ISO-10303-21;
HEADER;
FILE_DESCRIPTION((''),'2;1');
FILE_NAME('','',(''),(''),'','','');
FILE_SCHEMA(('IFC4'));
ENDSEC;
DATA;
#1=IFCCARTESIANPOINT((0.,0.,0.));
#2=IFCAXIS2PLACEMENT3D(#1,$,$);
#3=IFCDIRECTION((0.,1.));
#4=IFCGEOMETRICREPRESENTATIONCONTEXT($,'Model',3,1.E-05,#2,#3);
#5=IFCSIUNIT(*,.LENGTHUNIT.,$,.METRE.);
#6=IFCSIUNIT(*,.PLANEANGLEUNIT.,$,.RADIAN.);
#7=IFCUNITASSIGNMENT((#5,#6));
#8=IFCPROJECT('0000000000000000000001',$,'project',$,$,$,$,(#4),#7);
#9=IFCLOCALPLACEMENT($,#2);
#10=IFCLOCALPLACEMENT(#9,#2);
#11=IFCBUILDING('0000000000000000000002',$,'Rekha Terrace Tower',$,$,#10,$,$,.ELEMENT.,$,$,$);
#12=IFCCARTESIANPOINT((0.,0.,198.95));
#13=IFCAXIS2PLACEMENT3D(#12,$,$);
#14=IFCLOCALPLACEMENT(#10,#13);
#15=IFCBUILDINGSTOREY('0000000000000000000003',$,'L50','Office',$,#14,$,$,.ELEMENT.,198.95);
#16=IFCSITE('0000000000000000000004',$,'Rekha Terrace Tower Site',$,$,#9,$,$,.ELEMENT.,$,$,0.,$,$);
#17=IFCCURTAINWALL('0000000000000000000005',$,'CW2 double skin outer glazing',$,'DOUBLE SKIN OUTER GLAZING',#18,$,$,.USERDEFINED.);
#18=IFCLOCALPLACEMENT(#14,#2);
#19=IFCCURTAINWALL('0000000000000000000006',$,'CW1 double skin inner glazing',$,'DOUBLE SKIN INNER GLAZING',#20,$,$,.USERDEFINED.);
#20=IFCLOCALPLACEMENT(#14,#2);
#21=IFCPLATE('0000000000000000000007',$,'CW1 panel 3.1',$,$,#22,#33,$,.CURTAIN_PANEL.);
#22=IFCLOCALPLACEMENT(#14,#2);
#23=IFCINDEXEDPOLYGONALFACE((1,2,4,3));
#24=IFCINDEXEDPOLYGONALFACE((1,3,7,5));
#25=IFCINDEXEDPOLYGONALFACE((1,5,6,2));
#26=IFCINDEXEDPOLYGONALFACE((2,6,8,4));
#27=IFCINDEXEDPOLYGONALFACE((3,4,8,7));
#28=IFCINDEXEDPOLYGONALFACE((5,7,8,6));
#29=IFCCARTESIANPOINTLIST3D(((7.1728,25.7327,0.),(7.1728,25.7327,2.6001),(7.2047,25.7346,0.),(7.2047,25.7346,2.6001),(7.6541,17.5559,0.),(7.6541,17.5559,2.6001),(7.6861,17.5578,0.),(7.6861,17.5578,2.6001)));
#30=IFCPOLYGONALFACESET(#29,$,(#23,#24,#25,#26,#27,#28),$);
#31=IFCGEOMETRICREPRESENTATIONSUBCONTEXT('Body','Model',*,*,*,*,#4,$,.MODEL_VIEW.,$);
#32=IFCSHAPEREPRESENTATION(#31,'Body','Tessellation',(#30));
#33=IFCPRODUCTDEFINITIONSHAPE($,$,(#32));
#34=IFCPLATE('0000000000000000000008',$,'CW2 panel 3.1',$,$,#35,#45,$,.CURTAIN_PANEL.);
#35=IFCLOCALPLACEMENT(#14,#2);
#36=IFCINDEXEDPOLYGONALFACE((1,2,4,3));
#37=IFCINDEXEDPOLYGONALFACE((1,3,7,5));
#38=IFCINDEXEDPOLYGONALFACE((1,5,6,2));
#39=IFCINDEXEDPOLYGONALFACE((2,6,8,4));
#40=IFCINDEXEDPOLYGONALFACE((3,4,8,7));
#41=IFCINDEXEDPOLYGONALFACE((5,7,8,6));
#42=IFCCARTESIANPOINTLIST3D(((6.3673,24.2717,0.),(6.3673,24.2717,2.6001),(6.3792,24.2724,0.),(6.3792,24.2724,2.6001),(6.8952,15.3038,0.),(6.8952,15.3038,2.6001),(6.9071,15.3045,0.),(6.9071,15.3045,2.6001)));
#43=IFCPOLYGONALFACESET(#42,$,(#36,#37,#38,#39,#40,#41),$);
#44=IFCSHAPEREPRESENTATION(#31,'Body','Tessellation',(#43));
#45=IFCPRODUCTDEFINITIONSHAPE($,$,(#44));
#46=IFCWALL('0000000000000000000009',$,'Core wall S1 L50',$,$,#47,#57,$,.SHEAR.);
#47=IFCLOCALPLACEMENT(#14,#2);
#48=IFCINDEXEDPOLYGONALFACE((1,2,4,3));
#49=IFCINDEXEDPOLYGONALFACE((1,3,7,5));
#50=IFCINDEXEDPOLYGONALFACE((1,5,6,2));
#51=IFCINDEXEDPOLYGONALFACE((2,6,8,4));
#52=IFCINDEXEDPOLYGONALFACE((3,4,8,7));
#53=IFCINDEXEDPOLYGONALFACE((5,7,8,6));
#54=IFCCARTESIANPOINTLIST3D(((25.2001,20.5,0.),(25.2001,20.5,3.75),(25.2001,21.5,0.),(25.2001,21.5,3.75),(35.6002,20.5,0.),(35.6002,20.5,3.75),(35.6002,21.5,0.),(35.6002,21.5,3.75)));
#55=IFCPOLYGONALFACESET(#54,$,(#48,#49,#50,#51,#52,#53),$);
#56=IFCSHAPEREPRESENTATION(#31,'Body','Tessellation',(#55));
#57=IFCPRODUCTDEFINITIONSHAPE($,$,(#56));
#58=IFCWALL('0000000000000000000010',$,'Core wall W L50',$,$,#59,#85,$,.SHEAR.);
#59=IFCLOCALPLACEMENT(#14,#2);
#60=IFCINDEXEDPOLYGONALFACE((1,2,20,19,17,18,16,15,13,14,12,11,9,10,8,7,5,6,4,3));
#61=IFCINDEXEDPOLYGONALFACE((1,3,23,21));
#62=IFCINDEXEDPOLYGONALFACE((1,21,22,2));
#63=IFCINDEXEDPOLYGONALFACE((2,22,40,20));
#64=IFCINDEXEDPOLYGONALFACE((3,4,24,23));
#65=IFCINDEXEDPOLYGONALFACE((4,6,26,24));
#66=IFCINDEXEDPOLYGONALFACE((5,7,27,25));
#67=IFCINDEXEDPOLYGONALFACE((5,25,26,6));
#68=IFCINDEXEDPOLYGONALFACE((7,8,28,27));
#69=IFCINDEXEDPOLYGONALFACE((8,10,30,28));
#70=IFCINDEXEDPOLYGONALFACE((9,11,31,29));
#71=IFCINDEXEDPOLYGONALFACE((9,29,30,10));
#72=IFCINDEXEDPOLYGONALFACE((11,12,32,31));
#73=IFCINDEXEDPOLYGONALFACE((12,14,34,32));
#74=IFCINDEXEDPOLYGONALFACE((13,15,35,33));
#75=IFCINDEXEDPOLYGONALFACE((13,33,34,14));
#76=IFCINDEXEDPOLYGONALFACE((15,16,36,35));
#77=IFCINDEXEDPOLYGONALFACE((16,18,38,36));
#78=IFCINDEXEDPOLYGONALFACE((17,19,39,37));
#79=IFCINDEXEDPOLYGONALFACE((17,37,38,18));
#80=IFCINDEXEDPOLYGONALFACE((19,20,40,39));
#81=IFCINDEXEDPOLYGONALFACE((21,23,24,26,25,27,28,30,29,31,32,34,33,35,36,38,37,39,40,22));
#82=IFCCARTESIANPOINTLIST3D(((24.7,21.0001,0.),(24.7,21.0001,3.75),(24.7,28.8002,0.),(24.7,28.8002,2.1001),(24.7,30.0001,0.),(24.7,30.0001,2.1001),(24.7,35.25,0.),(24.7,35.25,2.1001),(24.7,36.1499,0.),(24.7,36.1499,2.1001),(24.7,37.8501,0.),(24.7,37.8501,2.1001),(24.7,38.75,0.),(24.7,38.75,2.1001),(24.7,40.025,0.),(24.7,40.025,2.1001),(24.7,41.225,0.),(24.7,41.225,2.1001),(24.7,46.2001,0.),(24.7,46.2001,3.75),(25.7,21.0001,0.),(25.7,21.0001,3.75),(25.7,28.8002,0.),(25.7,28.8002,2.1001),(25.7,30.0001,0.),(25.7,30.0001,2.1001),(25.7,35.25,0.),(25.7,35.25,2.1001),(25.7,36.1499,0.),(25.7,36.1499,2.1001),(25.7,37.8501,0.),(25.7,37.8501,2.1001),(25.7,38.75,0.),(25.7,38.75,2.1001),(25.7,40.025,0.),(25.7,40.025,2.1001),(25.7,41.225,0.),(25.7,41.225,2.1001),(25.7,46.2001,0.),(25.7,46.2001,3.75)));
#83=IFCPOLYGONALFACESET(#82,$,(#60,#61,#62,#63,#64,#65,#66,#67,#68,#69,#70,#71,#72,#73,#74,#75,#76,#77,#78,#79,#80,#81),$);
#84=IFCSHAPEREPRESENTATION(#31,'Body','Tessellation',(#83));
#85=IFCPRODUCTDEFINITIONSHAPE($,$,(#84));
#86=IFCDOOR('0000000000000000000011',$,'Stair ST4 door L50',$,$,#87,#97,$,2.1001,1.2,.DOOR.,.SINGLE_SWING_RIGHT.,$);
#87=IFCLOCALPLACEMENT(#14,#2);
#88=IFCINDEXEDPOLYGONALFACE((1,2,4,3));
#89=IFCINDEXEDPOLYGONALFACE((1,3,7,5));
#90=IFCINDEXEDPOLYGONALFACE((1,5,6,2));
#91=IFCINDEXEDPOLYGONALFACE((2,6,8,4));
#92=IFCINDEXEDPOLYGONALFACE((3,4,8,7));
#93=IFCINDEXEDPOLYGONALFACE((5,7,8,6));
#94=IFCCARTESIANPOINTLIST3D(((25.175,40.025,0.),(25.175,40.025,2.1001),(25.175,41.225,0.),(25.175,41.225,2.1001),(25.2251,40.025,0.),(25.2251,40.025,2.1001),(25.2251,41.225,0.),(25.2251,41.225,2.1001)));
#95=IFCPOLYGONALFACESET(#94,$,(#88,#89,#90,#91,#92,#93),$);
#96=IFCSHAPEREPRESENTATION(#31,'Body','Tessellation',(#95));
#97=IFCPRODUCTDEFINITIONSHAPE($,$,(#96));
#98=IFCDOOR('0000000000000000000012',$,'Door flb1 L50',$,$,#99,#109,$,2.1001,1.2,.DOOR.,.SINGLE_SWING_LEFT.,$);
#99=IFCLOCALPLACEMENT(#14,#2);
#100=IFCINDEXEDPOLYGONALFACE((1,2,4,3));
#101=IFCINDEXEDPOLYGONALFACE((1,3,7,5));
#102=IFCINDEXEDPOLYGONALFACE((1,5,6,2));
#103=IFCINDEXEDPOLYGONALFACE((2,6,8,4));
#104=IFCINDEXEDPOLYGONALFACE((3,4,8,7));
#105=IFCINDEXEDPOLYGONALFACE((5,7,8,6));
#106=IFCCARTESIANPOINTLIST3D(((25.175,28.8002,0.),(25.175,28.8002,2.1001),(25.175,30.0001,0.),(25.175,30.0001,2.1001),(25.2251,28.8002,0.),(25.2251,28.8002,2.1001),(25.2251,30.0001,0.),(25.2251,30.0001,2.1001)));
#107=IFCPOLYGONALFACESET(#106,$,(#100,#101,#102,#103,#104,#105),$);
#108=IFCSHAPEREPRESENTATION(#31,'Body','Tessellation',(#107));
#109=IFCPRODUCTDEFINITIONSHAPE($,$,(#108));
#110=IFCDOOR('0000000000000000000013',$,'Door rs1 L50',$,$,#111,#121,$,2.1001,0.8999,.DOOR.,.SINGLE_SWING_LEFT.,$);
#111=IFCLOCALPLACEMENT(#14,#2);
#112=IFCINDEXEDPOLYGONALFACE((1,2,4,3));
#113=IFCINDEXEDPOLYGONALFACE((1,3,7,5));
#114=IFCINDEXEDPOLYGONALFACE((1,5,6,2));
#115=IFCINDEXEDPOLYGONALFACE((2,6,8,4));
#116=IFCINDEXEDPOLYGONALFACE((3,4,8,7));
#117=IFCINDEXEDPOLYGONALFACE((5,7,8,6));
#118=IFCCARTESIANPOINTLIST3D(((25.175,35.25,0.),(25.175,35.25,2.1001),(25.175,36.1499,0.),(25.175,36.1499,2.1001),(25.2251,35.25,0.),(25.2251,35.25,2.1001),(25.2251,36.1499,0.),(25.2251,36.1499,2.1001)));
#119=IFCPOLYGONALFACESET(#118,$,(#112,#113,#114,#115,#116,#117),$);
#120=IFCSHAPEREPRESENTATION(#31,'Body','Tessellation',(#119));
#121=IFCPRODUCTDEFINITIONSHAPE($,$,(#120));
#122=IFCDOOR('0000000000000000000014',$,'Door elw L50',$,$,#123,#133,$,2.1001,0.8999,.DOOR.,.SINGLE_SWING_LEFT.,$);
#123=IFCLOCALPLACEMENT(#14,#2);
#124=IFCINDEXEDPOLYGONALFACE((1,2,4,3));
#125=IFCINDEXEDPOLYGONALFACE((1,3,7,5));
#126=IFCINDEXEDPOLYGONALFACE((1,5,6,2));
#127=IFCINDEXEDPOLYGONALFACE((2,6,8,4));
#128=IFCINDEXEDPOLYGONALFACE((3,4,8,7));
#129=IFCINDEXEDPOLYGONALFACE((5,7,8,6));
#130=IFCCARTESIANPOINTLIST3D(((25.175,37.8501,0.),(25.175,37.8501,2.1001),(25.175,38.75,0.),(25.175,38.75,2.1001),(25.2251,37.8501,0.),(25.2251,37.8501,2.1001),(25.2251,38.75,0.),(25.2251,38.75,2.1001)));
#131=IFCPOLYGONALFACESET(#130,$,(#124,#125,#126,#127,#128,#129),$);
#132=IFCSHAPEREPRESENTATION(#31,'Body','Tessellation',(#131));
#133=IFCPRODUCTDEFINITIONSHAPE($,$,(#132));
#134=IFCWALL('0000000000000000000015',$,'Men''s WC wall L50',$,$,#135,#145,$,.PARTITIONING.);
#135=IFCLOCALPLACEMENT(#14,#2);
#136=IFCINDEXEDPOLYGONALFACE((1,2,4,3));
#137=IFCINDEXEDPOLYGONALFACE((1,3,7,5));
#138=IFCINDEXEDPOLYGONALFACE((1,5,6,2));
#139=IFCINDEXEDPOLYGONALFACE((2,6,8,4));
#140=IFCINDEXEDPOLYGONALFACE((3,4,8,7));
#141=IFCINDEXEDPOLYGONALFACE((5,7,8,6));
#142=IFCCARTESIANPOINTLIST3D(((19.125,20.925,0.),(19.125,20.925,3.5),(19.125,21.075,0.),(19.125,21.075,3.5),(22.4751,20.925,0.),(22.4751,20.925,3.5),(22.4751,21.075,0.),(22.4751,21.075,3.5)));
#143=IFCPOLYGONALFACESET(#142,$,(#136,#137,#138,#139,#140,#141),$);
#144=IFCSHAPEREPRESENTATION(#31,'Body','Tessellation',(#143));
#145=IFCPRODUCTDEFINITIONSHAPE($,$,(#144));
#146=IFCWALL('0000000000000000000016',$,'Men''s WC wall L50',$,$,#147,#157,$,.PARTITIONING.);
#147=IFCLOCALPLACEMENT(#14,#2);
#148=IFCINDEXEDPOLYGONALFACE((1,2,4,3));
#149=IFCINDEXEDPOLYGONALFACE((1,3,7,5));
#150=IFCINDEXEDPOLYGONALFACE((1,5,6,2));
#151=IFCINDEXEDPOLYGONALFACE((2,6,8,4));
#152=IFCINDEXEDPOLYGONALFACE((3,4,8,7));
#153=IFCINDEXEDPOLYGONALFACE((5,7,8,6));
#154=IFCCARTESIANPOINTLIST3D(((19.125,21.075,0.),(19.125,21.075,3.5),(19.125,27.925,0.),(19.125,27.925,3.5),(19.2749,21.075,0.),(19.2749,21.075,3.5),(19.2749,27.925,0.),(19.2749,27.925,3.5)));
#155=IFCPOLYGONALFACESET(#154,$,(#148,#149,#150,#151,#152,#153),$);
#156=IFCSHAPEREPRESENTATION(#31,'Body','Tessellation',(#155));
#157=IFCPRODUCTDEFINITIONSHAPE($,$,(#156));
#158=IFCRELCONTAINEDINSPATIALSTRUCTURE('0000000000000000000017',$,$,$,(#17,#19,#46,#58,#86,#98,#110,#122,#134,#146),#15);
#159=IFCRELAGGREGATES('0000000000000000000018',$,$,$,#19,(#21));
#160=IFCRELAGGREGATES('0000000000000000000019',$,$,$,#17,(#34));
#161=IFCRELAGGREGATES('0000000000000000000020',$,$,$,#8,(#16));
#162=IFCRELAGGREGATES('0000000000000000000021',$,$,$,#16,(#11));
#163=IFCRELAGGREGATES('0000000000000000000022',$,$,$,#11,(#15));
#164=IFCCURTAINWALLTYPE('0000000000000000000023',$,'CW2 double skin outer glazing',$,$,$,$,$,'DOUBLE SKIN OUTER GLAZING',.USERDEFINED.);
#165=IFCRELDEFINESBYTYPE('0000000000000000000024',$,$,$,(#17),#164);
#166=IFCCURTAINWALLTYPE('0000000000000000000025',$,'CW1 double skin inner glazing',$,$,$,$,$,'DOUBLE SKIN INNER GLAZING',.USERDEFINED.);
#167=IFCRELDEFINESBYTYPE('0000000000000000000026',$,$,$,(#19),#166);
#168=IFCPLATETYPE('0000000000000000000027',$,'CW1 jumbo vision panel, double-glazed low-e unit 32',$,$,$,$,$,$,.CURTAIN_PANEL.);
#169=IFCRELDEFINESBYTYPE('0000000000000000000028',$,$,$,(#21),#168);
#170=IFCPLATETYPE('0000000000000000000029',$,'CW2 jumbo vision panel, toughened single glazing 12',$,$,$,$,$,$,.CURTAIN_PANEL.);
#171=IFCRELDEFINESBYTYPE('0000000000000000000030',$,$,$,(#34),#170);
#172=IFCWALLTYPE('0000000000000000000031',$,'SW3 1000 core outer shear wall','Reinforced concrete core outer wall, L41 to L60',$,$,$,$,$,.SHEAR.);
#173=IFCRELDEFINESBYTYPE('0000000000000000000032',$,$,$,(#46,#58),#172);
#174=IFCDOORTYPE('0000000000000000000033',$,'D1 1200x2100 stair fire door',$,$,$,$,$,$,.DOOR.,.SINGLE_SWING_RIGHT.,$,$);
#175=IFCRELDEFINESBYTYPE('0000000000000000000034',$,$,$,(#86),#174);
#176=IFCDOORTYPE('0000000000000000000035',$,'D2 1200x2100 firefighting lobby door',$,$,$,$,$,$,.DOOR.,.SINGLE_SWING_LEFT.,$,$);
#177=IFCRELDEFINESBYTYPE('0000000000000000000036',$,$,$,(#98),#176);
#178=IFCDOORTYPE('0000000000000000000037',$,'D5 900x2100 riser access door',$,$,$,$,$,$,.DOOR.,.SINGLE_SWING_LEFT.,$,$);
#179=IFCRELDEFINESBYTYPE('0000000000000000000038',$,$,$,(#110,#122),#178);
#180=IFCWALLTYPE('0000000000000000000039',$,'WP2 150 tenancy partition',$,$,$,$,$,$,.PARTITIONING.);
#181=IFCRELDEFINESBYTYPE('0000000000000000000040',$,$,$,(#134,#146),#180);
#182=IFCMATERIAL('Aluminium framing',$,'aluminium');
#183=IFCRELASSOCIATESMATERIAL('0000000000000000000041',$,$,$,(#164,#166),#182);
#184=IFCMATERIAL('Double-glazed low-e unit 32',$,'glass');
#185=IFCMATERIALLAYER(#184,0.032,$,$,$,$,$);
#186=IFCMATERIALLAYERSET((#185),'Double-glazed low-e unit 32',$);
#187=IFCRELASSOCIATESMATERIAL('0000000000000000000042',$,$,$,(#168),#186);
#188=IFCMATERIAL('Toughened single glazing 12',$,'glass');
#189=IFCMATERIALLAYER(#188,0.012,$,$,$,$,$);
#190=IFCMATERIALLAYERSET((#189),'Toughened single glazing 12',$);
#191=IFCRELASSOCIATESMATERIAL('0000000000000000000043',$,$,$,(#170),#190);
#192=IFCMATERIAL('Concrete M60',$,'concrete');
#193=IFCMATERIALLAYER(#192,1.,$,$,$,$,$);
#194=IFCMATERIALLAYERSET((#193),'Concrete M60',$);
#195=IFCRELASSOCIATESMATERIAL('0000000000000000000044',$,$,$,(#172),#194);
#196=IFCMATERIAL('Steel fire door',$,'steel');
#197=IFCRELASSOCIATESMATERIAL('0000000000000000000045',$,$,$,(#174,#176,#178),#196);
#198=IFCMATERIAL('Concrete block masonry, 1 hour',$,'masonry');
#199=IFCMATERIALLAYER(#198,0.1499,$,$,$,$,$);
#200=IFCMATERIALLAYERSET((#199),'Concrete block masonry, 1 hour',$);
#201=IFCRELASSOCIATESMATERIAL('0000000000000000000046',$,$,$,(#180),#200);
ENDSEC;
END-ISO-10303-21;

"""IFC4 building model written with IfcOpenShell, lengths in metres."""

from ifc_helpers import new_model, si_unit, direction, frame, frame_2d, origin, origin_2d, place, context, subcontext, project, spatial, rectangle, extrude, material, layer, layer_set, type_object, element, fill, aggregate, save


model = new_model("IFC4")

# Units and contexts
model_context = context("Model", 3, precision=1e-05, world=origin(), true_north=direction((0.0, 1.0)))
body_context = subcontext(model_context, "Body", "Model", "MODEL_VIEW")
ifc_project = project(units=[si_unit("LENGTHUNIT", "METRE"), si_unit("PLANEANGLEUNIT", "RADIAN")], contexts=[model_context])

# Site, building, storey
site_placement = place(None, origin())
site = spatial("IfcSite", under=ifc_project, at=site_placement, Name="Rekha Terrace Tower Site", CompositionType="ELEMENT", RefElevation=0.0)
building_placement = place(site_placement, origin())
building = spatial("IfcBuilding", under=site, at=building_placement, Name="Rekha Terrace Tower", CompositionType="ELEMENT")
storey_placement = place(building_placement, frame((0.0, 0.0, 198.95)))
storey = spatial("IfcBuildingStorey", under=building, at=storey_placement, Name="L50", Description="Office", CompositionType="ELEMENT", Elevation=198.95)

# Curtain wall
ifc_material_1 = material(Name="Aluminium framing", Category="aluminium")
curtain_wall_type_1 = type_object("IfcCurtainWallType", Name="CW2 double skin outer glazing", ElementType="DOUBLE SKIN OUTER GLAZING", PredefinedType="USERDEFINED", material=ifc_material_1)
curtain_wall_1_placement = place(storey_placement, origin())
curtain_wall_1 = element("IfcCurtainWall", 1, at=curtain_wall_1_placement, inside=storey, type_object=curtain_wall_type_1, Name="CW2 double skin outer glazing", ObjectType="DOUBLE SKIN OUTER GLAZING", PredefinedType="USERDEFINED")
curtain_wall_type_2 = type_object("IfcCurtainWallType", Name="CW1 double skin inner glazing", ElementType="DOUBLE SKIN INNER GLAZING", PredefinedType="USERDEFINED", material=ifc_material_1)

# Curtain wall
curtain_wall_2_placement = place(storey_placement, origin())
curtain_wall_2 = element("IfcCurtainWall", 2, at=curtain_wall_2_placement, inside=storey, type_object=curtain_wall_type_2, Name="CW1 double skin inner glazing", ObjectType="DOUBLE SKIN INNER GLAZING", PredefinedType="USERDEFINED")

# Plates
ifc_material_2 = material(Name="Double-glazed low-e unit 32", Category="glass")
ifc_layer_1 = layer(ifc_material_2, 0.032)
ifc_layer_set_1 = layer_set([ifc_layer_1], Name="Double-glazed low-e unit 32")
plate_type_1 = type_object("IfcPlateType", Name="CW1 jumbo vision panel, double-glazed low-e unit 32", PredefinedType="CURTAIN_PANEL", material=ifc_layer_set_1)
plate_1_placement = place(storey_placement, frame((7.4294, 21.6453, 0.0), z_axis=(0.0, 0.0, 1.0), x_axis=(0.058765, -0.998272, 0.0)))
plate_1 = element("IfcPlate", 3, at=plate_1_placement, type_object=plate_type_1, Name="CW1 panel 3.1", PredefinedType="CURTAIN_PANEL", context=body_context, shape_type="SweptSolid", body=[
    extrude(rectangle(XDim=8.1909, YDim=0.032, at=origin_2d()), origin(), (0.0, 0.0, 1.0), 2.6001),
])
aggregate(curtain_wall_2, [plate_1])
ifc_material_3 = material(Name="Toughened single glazing 12", Category="glass")
ifc_layer_2 = layer(ifc_material_3, 0.012)
ifc_layer_set_2 = layer_set([ifc_layer_2], Name="Toughened single glazing 12")
plate_type_2 = type_object("IfcPlateType", Name="CW2 jumbo vision panel, toughened single glazing 12", PredefinedType="CURTAIN_PANEL", material=ifc_layer_set_2)
plate_2_placement = place(storey_placement, frame((6.6372, 19.7881, 0.0), z_axis=(0.0, 0.0, 1.0), x_axis=(0.058765, -0.998272, 0.0)))
plate_2 = element("IfcPlate", 4, at=plate_2_placement, type_object=plate_type_2, Name="CW2 panel 3.1", PredefinedType="CURTAIN_PANEL", context=body_context, shape_type="SweptSolid", body=[
    extrude(rectangle(XDim=8.9834, YDim=0.012, at=origin_2d()), origin(), (0.0, 0.0, 1.0), 2.6001),
])
aggregate(curtain_wall_1, [plate_2])

# Wall
ifc_material_4 = material(Name="Concrete M60", Category="concrete")
ifc_layer_3 = layer(ifc_material_4, 1.0)
ifc_layer_set_3 = layer_set([ifc_layer_3], Name="Concrete M60")
wall_type_1 = type_object("IfcWallType", Name="SW3 1000 core outer shear wall", Description="Reinforced concrete core outer wall, L41 to L60", PredefinedType="SHEAR", material=ifc_layer_set_3)
wall_1_placement = place(storey_placement, frame((25.2, 21.0, 0.0), z_axis=(0.0, 0.0, 1.0), x_axis=(1.0, 0.0, 0.0)))
element("IfcWall", 5, at=wall_1_placement, inside=storey, type_object=wall_type_1, Name="Core wall S1 L50", PredefinedType="SHEAR", context=body_context, shape_type="SweptSolid", body=[
    extrude(rectangle(XDim=10.4001, YDim=1.0, at=frame_2d((5.2002, 0.0))), origin(), (0.0, 0.0, 1.0), 3.75),
])

# Wall, openings, doors
wall_2_placement = place(storey_placement, frame((25.2, 21.0, 0.0), z_axis=(0.0, 0.0, 1.0), x_axis=(0.0, 1.0, 0.0)))
wall_2 = element("IfcWall", 6, at=wall_2_placement, inside=storey, type_object=wall_type_1, Name="Core wall W L50", PredefinedType="SHEAR", context=body_context, shape_type="SweptSolid", body=[
    extrude(rectangle(XDim=25.2, YDim=1.0, at=frame_2d((12.6001, 0.0))), origin(), (0.0, 0.0, 1.0), 3.75),
])
opening_1_placement = place(wall_2_placement, frame((7.8, 0.0, 0.0)))
opening_1 = element("IfcOpeningElement", 7, at=opening_1_placement, cuts=wall_2, PredefinedType="OPENING", context=body_context, shape_type="SweptSolid", body=[
    extrude(rectangle(XDim=1.2, YDim=2.1001, at=frame_2d((0.6001, 1.05))), frame((0.0, 0.51, 0.0), z_axis=(0.0, -1.0, 0.0), x_axis=(1.0, 0.0, 0.0)), (0.0, 0.0, 1.0), 1.02),
])
opening_2_placement = place(wall_2_placement, frame((14.25, 0.0, 0.0)))
opening_2 = element("IfcOpeningElement", 8, at=opening_2_placement, cuts=wall_2, PredefinedType="OPENING", context=body_context, shape_type="SweptSolid", body=[
    extrude(rectangle(XDim=0.8999, YDim=2.1001, at=frame_2d((0.45, 1.05))), frame((0.0, 0.51, 0.0), z_axis=(0.0, -1.0, 0.0), x_axis=(1.0, 0.0, 0.0)), (0.0, 0.0, 1.0), 1.02),
])
opening_3_placement = place(wall_2_placement, frame((16.8501, 0.0, 0.0)))
opening_3 = element("IfcOpeningElement", 9, at=opening_3_placement, cuts=wall_2, PredefinedType="OPENING", context=body_context, shape_type="SweptSolid", body=[
    extrude(rectangle(XDim=0.8999, YDim=2.1001, at=frame_2d((0.45, 1.05))), frame((0.0, 0.51, 0.0), z_axis=(0.0, -1.0, 0.0), x_axis=(1.0, 0.0, 0.0)), (0.0, 0.0, 1.0), 1.02),
])
opening_4_placement = place(wall_2_placement, frame((19.0249, 0.0, 0.0)))
opening_4 = element("IfcOpeningElement", 10, at=opening_4_placement, cuts=wall_2, PredefinedType="OPENING", context=body_context, shape_type="SweptSolid", body=[
    extrude(rectangle(XDim=1.2, YDim=2.1001, at=frame_2d((0.6001, 1.05))), frame((0.0, 0.51, 0.0), z_axis=(0.0, -1.0, 0.0), x_axis=(1.0, 0.0, 0.0)), (0.0, 0.0, 1.0), 1.02),
])
ifc_material_5 = material(Name="Steel fire door", Category="steel")
door_type_1 = type_object("IfcDoorType", Name="D1 1200x2100 stair fire door", OperationType="SINGLE_SWING_RIGHT", PredefinedType="DOOR", material=ifc_material_5)
door_1_placement = place(opening_4_placement, origin())
door_1 = element("IfcDoor", 11, at=door_1_placement, inside=storey, type_object=door_type_1, Name="Stair ST4 door L50", OperationType="SINGLE_SWING_RIGHT", OverallHeight=2.1001, OverallWidth=1.2, PredefinedType="DOOR", context=body_context, shape_type="SweptSolid", body=[
    extrude(rectangle(XDim=1.2, YDim=2.1001, at=frame_2d((0.6001, 1.05))), frame((0.0, 0.0249, 0.0), z_axis=(0.0, -1.0, 0.0), x_axis=(1.0, 0.0, 0.0)), (0.0, 0.0, 1.0), 0.05),
])
fill(opening_4, door_1)
door_type_2 = type_object("IfcDoorType", Name="D2 1200x2100 firefighting lobby door", OperationType="SINGLE_SWING_LEFT", PredefinedType="DOOR", material=ifc_material_5)
door_2_placement = place(opening_1_placement, origin())
door_2 = element("IfcDoor", 12, at=door_2_placement, inside=storey, type_object=door_type_2, Name="Door flb1 L50", OperationType="SINGLE_SWING_LEFT", OverallHeight=2.1001, OverallWidth=1.2, PredefinedType="DOOR", context=body_context, shape_type="SweptSolid", body=[
    extrude(rectangle(XDim=1.2, YDim=2.1001, at=frame_2d((0.6001, 1.05))), frame((0.0, 0.0249, 0.0), z_axis=(0.0, -1.0, 0.0), x_axis=(1.0, 0.0, 0.0)), (0.0, 0.0, 1.0), 0.05),
])
fill(opening_1, door_2)
door_type_3 = type_object("IfcDoorType", Name="D5 900x2100 riser access door", OperationType="SINGLE_SWING_LEFT", PredefinedType="DOOR", material=ifc_material_5)
door_3_placement = place(opening_2_placement, origin())
door_3 = element("IfcDoor", 13, at=door_3_placement, inside=storey, type_object=door_type_3, Name="Door rs1 L50", OperationType="SINGLE_SWING_LEFT", OverallHeight=2.1001, OverallWidth=0.8999, PredefinedType="DOOR", context=body_context, shape_type="SweptSolid", body=[
    extrude(rectangle(XDim=0.8999, YDim=2.1001, at=frame_2d((0.45, 1.05))), frame((0.0, 0.0249, 0.0), z_axis=(0.0, -1.0, 0.0), x_axis=(1.0, 0.0, 0.0)), (0.0, 0.0, 1.0), 0.05),
])
fill(opening_2, door_3)
door_4_placement = place(opening_3_placement, origin())
door_4 = element("IfcDoor", 14, at=door_4_placement, inside=storey, type_object=door_type_3, Name="Door elw L50", OperationType="SINGLE_SWING_LEFT", OverallHeight=2.1001, OverallWidth=0.8999, PredefinedType="DOOR", context=body_context, shape_type="SweptSolid", body=[
    extrude(rectangle(XDim=0.8999, YDim=2.1001, at=frame_2d((0.45, 1.05))), frame((0.0, 0.0249, 0.0), z_axis=(0.0, -1.0, 0.0), x_axis=(1.0, 0.0, 0.0)), (0.0, 0.0, 1.0), 0.05),
])
fill(opening_3, door_4)

# Walls
ifc_material_6 = material(Name="Concrete block masonry, 1 hour", Category="masonry")
ifc_layer_4 = layer(ifc_material_6, 0.1499)
ifc_layer_set_4 = layer_set([ifc_layer_4], Name="Concrete block masonry, 1 hour")
wall_type_2 = type_object("IfcWallType", Name="WP2 150 tenancy partition", PredefinedType="PARTITIONING", material=ifc_layer_set_4)
wall_3_placement = place(storey_placement, frame((19.125, 21.0, 0.0), z_axis=(0.0, 0.0, 1.0), x_axis=(1.0, 0.0, 0.0)))
element("IfcWall", 15, at=wall_3_placement, inside=storey, type_object=wall_type_2, Name="Men's WC wall L50", PredefinedType="PARTITIONING", context=body_context, shape_type="SweptSolid", body=[
    extrude(rectangle(XDim=3.3501, YDim=0.1499, at=frame_2d((1.675, 0.0))), origin(), (0.0, 0.0, 1.0), 3.5),
])
wall_4_placement = place(storey_placement, frame((19.2, 21.075, 0.0), z_axis=(0.0, 0.0, 1.0), x_axis=(0.0, 1.0, 0.0)))
element("IfcWall", 16, at=wall_4_placement, inside=storey, type_object=wall_type_2, Name="Men's WC wall L50", PredefinedType="PARTITIONING", context=body_context, shape_type="SweptSolid", body=[
    extrude(rectangle(XDim=6.8501, YDim=0.1499, at=frame_2d((3.425, 0.0))), origin(), (0.0, 0.0, 1.0), 3.5),
])

save(model, "model.ifc")
